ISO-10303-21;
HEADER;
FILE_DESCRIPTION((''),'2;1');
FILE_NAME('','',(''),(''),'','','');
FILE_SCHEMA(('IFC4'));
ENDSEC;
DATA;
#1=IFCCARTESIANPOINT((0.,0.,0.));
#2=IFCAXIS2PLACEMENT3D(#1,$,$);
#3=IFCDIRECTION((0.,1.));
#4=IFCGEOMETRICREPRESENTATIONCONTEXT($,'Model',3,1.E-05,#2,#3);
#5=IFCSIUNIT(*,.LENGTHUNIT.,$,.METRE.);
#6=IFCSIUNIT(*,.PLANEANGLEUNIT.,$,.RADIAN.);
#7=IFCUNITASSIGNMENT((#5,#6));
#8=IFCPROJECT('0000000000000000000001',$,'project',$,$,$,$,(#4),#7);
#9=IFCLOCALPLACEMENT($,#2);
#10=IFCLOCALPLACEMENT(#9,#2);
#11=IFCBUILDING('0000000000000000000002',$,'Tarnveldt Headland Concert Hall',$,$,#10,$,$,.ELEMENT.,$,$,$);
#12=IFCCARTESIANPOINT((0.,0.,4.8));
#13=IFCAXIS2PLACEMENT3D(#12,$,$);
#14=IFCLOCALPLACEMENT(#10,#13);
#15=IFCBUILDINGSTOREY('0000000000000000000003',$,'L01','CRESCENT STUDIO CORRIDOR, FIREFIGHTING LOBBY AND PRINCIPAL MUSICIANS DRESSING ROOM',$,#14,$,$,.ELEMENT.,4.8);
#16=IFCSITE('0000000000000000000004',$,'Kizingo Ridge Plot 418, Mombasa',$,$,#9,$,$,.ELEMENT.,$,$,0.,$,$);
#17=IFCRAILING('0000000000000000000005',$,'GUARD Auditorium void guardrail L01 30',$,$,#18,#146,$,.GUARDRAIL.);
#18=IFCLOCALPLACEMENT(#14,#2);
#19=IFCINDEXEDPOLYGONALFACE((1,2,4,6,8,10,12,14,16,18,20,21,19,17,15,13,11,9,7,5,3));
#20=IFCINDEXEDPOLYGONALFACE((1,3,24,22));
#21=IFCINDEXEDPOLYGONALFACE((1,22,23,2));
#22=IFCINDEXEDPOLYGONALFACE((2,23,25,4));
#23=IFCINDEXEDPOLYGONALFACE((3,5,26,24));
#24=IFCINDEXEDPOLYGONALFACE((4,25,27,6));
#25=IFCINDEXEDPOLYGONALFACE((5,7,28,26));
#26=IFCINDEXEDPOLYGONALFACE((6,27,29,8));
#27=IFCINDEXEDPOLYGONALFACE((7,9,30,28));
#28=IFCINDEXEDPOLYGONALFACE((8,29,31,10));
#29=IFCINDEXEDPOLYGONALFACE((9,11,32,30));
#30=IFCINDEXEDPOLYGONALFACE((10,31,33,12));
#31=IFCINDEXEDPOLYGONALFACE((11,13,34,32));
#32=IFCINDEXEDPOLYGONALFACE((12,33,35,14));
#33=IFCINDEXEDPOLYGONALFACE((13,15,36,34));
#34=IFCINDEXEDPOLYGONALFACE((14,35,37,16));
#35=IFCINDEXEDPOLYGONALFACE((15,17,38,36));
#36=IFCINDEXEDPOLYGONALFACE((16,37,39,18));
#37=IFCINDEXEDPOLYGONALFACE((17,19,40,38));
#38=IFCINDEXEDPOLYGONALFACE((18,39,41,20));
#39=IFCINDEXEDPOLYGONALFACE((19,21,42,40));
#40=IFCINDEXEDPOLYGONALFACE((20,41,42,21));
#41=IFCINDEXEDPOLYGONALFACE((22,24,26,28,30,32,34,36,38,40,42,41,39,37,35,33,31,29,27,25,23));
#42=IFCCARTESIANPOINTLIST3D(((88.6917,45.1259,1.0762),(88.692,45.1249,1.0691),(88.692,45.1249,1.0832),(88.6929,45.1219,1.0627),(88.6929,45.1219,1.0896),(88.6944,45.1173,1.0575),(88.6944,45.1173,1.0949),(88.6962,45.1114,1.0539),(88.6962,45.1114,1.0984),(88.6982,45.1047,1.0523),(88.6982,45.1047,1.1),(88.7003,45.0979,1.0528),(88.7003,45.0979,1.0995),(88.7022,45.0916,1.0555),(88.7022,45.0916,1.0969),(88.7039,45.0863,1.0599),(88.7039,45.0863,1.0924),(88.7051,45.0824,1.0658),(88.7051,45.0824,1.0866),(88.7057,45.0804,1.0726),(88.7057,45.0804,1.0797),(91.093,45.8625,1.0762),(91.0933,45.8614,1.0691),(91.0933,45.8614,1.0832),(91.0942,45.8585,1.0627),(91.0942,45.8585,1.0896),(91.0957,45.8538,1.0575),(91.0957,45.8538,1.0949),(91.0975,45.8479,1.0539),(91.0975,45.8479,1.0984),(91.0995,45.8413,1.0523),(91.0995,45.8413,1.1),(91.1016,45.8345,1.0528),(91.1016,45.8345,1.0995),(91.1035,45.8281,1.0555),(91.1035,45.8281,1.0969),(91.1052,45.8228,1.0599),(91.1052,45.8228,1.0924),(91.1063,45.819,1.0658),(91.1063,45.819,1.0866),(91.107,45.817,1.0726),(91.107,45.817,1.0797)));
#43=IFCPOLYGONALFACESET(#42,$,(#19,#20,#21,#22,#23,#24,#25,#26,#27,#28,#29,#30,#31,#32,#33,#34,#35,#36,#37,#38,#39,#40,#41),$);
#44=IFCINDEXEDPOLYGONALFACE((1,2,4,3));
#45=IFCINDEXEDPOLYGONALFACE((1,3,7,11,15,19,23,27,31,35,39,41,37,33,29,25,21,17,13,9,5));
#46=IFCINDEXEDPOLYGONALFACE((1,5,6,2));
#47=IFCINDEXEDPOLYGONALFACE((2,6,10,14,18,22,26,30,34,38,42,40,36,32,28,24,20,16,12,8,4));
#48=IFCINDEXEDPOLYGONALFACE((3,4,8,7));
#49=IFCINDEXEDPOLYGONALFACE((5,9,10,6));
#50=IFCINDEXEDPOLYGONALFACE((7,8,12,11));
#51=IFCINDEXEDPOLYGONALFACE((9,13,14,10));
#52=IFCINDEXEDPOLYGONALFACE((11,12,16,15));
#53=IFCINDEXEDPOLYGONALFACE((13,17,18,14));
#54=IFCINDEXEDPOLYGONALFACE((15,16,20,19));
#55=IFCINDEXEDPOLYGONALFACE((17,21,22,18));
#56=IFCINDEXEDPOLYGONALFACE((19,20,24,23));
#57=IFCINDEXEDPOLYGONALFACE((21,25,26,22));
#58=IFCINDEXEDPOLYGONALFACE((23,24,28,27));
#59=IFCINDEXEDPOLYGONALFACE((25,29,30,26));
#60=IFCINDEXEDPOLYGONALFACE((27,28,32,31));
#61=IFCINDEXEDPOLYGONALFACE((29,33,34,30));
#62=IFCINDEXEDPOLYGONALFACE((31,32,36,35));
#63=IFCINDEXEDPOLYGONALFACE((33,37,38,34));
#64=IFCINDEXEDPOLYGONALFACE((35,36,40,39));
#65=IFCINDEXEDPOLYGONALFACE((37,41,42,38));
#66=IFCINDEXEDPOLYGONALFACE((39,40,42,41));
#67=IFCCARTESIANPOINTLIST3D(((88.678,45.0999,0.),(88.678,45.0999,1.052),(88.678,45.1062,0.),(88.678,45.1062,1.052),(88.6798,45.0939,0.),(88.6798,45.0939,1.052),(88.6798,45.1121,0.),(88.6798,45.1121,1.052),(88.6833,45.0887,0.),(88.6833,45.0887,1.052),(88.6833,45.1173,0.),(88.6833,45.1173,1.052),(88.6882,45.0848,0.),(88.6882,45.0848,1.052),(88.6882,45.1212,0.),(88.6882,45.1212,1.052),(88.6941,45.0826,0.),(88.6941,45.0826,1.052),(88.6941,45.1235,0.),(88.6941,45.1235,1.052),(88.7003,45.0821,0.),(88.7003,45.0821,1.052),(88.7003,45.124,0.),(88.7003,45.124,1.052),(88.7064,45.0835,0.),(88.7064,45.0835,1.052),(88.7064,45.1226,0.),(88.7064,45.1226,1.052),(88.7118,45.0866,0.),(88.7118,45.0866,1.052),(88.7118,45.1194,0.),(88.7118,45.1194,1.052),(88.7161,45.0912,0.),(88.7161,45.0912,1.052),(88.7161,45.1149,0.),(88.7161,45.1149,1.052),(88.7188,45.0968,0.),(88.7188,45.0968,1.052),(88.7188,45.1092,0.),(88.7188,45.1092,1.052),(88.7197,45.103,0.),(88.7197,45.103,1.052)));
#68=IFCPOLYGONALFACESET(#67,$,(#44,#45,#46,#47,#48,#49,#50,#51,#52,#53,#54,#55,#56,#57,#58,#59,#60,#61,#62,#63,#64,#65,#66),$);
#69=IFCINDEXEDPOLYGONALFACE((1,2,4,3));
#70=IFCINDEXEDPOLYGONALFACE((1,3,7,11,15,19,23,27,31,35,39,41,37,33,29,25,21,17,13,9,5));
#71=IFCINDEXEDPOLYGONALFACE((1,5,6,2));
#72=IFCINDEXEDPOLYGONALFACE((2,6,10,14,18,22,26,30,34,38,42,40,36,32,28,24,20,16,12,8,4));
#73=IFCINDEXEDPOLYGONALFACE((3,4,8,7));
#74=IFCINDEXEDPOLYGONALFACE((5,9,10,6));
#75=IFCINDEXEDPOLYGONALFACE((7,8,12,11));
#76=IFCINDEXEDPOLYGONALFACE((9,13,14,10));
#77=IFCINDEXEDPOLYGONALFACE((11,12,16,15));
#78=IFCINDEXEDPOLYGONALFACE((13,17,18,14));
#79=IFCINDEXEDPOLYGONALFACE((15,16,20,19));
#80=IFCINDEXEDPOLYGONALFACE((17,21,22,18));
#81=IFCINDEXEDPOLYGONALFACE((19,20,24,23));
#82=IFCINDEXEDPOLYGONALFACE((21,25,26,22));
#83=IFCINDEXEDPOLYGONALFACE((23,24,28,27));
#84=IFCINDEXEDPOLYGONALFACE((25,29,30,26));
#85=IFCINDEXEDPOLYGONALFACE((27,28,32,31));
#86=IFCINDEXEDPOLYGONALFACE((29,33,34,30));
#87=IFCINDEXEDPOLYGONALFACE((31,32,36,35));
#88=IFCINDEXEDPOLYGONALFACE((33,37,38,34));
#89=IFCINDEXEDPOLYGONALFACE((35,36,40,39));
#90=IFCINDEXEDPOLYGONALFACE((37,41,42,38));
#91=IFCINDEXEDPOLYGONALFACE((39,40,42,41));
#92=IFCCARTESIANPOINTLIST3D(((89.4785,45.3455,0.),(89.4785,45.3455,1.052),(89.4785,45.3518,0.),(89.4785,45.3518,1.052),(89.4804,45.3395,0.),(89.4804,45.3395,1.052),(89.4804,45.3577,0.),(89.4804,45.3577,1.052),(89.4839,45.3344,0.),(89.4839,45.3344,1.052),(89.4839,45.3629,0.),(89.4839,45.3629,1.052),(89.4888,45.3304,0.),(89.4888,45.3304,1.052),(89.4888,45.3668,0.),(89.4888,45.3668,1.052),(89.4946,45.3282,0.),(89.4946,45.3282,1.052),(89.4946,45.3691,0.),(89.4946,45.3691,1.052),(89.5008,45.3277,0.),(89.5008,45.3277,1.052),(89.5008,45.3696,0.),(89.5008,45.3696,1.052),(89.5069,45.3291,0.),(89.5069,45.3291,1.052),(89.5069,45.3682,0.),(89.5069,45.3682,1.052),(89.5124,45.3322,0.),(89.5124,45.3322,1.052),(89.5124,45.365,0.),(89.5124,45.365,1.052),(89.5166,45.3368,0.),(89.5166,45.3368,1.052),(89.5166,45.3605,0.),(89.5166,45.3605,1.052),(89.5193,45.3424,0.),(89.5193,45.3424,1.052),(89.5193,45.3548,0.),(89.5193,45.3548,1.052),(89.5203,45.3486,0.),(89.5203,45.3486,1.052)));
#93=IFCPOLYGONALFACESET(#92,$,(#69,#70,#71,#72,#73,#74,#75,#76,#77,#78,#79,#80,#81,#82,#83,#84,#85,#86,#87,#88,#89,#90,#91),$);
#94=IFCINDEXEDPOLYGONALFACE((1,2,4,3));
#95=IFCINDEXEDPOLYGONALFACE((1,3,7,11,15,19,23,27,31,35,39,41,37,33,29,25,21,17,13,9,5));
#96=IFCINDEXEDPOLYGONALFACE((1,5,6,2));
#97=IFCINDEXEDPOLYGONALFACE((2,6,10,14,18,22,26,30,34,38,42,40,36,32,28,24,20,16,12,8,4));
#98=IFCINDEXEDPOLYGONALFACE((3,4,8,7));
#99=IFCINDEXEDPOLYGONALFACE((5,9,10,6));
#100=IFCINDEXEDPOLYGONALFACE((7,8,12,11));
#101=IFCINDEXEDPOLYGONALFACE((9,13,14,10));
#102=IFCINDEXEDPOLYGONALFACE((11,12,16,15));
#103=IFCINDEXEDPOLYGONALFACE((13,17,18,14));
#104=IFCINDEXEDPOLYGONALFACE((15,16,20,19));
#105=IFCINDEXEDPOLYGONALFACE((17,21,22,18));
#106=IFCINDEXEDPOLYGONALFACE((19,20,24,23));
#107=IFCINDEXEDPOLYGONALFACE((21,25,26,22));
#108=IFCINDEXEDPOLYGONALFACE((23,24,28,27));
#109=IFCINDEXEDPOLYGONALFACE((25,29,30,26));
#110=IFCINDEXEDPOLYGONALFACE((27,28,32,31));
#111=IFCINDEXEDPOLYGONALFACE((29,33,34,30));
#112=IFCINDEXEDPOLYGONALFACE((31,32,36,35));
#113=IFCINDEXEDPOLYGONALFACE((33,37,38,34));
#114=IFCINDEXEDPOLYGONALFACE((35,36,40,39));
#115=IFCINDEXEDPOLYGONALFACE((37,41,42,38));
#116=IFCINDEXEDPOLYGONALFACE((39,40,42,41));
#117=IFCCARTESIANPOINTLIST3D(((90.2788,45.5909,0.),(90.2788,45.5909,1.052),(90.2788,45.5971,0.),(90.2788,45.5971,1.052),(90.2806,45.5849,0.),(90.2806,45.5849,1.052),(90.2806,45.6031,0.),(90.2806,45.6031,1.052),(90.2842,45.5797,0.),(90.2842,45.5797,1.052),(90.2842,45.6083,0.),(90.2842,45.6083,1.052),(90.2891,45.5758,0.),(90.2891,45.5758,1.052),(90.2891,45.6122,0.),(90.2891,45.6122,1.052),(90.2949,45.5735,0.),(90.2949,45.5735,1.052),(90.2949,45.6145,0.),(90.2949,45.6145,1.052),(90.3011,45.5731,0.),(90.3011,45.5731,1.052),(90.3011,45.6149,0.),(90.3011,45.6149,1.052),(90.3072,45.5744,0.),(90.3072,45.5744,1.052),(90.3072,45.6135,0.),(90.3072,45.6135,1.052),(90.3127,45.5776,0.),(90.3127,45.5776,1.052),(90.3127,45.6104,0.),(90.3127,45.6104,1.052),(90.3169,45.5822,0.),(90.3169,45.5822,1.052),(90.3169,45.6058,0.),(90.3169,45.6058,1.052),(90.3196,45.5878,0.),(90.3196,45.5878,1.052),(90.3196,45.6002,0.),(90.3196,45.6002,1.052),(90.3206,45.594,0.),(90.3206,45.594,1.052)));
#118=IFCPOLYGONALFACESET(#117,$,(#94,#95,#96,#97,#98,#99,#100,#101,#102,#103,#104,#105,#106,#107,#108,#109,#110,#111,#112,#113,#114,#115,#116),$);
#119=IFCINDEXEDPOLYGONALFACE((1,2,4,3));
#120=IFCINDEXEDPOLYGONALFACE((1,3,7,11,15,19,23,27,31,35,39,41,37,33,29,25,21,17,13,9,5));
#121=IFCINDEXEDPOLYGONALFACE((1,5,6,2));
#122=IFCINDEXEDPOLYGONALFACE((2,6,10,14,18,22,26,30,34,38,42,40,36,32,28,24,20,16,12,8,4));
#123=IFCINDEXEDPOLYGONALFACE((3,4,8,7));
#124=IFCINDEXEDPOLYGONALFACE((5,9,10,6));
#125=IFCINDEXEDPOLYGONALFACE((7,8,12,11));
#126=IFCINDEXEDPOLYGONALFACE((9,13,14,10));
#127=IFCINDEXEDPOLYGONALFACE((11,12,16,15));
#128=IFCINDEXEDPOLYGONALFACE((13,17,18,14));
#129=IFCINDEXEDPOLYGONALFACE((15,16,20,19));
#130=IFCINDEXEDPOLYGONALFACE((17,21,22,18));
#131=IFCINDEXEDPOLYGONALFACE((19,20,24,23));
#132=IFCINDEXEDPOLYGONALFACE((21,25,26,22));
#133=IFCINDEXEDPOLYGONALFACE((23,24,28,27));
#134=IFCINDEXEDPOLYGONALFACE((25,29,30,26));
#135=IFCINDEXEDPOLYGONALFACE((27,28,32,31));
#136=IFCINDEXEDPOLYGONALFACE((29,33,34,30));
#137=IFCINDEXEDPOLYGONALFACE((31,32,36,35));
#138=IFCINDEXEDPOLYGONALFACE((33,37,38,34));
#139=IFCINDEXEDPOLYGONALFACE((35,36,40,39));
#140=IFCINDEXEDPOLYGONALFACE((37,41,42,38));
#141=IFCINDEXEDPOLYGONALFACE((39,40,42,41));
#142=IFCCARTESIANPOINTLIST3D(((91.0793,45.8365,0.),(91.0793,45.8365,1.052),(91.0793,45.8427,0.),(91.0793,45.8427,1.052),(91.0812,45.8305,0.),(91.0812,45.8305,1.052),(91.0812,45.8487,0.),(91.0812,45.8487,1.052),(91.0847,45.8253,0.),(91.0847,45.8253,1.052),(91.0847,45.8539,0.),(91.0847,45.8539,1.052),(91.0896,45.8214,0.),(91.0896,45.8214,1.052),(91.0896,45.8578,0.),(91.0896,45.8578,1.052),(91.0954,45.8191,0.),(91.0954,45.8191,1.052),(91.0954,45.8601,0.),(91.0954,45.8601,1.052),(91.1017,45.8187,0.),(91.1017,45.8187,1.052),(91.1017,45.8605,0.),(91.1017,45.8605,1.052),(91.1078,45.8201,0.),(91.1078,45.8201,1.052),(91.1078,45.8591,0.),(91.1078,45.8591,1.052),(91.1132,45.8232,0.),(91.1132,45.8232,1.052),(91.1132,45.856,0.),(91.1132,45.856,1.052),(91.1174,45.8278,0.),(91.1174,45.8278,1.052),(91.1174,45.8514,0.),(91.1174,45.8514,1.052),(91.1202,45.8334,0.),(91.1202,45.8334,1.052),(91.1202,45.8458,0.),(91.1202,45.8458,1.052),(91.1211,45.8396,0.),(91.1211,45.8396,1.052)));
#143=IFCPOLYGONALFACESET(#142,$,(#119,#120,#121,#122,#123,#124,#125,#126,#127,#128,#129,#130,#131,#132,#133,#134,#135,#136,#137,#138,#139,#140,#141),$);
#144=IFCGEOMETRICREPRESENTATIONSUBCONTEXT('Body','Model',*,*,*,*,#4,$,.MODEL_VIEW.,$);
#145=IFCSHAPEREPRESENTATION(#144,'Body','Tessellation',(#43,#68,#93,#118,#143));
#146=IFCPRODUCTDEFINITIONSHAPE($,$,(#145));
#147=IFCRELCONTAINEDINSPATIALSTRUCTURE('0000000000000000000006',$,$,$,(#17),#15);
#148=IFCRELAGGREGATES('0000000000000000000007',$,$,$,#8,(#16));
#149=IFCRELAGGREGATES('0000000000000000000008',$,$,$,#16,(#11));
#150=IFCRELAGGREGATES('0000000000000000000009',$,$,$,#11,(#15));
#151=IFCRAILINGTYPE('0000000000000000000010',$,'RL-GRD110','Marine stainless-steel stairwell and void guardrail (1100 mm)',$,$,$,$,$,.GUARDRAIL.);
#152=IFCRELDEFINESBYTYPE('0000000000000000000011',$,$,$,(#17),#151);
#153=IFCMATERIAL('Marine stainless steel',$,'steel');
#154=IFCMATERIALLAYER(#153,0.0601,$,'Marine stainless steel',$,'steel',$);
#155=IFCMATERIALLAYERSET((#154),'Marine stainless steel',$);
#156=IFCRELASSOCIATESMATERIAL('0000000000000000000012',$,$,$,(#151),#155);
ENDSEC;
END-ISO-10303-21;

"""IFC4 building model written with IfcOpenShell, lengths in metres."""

from ifc_helpers import new_model, si_unit, direction, frame, origin, origin_2d, place, context, subcontext, project, spatial, circle, extrude, material, layer, layer_set, type_object, element, save


model = new_model("IFC4")

# Units and contexts
model_context = context("Model", 3, precision=1e-05, world=origin(), true_north=direction((0.0, 1.0)))
body_context = subcontext(model_context, "Body", "Model", "MODEL_VIEW")
ifc_project = project(units=[si_unit("LENGTHUNIT", "METRE"), si_unit("PLANEANGLEUNIT", "RADIAN")], contexts=[model_context])

# Site, building, storey
site_placement = place(None, origin())
site = spatial("IfcSite", under=ifc_project, at=site_placement, Name="Kizingo Ridge Plot 418, Mombasa", CompositionType="ELEMENT", RefElevation=0.0)
building_placement = place(site_placement, origin())
building = spatial("IfcBuilding", under=site, at=building_placement, Name="Tarnveldt Headland Concert Hall", CompositionType="ELEMENT")
storey_placement = place(building_placement, frame((0.0, 0.0, 4.8)))
storey = spatial("IfcBuildingStorey", under=building, at=storey_placement, Name="L01", Description="CRESCENT STUDIO CORRIDOR, FIREFIGHTING LOBBY AND PRINCIPAL MUSICIANS DRESSING ROOM", CompositionType="ELEMENT", Elevation=4.8)

# Railing
ifc_material_1 = material(Name="Marine stainless steel", Category="steel")
ifc_layer_1 = layer(ifc_material_1, 0.0601, Name="Marine stainless steel", Category="steel")
ifc_layer_set_1 = layer_set([ifc_layer_1], Name="Marine stainless steel")
railing_type = type_object("IfcRailingType", Name="RL-GRD110", Description="Marine stainless-steel stairwell and void guardrail (1100 mm)", PredefinedType="GUARDRAIL", material=ifc_layer_set_1)
railing_1_placement = place(storey_placement, frame((88.6987, 45.103, 0.0)))
element("IfcRailing", 1, at=railing_1_placement, inside=storey, type_object=railing_type, Name="GUARD Auditorium void guardrail L01 30", PredefinedType="GUARDRAIL", context=body_context, shape_type="SweptSolid", body=[
    extrude(circle(Radius=0.0239, at=origin_2d()), frame((0.0, 0.0, 1.0762), z_axis=(0.956037, 0.293246, 0.0), x_axis=(-0.293246, 0.956037, 0.0)), (0.0, 0.0, 1.0), 2.5117),
    extrude(circle(Radius=0.021, at=origin_2d()), origin(), (0.0, 0.0, 1.0), 1.052),
    extrude(circle(Radius=0.021, at=origin_2d()), frame((0.8005, 0.2456, 0.0)), (0.0, 0.0, 1.0), 1.052),
    extrude(circle(Radius=0.021, at=origin_2d()), frame((1.6008, 0.491, 0.0)), (0.0, 0.0, 1.0), 1.052),
    extrude(circle(Radius=0.021, at=origin_2d()), frame((2.4014, 0.7366, 0.0)), (0.0, 0.0, 1.0), 1.052),
])

save(model, "model.ifc")
